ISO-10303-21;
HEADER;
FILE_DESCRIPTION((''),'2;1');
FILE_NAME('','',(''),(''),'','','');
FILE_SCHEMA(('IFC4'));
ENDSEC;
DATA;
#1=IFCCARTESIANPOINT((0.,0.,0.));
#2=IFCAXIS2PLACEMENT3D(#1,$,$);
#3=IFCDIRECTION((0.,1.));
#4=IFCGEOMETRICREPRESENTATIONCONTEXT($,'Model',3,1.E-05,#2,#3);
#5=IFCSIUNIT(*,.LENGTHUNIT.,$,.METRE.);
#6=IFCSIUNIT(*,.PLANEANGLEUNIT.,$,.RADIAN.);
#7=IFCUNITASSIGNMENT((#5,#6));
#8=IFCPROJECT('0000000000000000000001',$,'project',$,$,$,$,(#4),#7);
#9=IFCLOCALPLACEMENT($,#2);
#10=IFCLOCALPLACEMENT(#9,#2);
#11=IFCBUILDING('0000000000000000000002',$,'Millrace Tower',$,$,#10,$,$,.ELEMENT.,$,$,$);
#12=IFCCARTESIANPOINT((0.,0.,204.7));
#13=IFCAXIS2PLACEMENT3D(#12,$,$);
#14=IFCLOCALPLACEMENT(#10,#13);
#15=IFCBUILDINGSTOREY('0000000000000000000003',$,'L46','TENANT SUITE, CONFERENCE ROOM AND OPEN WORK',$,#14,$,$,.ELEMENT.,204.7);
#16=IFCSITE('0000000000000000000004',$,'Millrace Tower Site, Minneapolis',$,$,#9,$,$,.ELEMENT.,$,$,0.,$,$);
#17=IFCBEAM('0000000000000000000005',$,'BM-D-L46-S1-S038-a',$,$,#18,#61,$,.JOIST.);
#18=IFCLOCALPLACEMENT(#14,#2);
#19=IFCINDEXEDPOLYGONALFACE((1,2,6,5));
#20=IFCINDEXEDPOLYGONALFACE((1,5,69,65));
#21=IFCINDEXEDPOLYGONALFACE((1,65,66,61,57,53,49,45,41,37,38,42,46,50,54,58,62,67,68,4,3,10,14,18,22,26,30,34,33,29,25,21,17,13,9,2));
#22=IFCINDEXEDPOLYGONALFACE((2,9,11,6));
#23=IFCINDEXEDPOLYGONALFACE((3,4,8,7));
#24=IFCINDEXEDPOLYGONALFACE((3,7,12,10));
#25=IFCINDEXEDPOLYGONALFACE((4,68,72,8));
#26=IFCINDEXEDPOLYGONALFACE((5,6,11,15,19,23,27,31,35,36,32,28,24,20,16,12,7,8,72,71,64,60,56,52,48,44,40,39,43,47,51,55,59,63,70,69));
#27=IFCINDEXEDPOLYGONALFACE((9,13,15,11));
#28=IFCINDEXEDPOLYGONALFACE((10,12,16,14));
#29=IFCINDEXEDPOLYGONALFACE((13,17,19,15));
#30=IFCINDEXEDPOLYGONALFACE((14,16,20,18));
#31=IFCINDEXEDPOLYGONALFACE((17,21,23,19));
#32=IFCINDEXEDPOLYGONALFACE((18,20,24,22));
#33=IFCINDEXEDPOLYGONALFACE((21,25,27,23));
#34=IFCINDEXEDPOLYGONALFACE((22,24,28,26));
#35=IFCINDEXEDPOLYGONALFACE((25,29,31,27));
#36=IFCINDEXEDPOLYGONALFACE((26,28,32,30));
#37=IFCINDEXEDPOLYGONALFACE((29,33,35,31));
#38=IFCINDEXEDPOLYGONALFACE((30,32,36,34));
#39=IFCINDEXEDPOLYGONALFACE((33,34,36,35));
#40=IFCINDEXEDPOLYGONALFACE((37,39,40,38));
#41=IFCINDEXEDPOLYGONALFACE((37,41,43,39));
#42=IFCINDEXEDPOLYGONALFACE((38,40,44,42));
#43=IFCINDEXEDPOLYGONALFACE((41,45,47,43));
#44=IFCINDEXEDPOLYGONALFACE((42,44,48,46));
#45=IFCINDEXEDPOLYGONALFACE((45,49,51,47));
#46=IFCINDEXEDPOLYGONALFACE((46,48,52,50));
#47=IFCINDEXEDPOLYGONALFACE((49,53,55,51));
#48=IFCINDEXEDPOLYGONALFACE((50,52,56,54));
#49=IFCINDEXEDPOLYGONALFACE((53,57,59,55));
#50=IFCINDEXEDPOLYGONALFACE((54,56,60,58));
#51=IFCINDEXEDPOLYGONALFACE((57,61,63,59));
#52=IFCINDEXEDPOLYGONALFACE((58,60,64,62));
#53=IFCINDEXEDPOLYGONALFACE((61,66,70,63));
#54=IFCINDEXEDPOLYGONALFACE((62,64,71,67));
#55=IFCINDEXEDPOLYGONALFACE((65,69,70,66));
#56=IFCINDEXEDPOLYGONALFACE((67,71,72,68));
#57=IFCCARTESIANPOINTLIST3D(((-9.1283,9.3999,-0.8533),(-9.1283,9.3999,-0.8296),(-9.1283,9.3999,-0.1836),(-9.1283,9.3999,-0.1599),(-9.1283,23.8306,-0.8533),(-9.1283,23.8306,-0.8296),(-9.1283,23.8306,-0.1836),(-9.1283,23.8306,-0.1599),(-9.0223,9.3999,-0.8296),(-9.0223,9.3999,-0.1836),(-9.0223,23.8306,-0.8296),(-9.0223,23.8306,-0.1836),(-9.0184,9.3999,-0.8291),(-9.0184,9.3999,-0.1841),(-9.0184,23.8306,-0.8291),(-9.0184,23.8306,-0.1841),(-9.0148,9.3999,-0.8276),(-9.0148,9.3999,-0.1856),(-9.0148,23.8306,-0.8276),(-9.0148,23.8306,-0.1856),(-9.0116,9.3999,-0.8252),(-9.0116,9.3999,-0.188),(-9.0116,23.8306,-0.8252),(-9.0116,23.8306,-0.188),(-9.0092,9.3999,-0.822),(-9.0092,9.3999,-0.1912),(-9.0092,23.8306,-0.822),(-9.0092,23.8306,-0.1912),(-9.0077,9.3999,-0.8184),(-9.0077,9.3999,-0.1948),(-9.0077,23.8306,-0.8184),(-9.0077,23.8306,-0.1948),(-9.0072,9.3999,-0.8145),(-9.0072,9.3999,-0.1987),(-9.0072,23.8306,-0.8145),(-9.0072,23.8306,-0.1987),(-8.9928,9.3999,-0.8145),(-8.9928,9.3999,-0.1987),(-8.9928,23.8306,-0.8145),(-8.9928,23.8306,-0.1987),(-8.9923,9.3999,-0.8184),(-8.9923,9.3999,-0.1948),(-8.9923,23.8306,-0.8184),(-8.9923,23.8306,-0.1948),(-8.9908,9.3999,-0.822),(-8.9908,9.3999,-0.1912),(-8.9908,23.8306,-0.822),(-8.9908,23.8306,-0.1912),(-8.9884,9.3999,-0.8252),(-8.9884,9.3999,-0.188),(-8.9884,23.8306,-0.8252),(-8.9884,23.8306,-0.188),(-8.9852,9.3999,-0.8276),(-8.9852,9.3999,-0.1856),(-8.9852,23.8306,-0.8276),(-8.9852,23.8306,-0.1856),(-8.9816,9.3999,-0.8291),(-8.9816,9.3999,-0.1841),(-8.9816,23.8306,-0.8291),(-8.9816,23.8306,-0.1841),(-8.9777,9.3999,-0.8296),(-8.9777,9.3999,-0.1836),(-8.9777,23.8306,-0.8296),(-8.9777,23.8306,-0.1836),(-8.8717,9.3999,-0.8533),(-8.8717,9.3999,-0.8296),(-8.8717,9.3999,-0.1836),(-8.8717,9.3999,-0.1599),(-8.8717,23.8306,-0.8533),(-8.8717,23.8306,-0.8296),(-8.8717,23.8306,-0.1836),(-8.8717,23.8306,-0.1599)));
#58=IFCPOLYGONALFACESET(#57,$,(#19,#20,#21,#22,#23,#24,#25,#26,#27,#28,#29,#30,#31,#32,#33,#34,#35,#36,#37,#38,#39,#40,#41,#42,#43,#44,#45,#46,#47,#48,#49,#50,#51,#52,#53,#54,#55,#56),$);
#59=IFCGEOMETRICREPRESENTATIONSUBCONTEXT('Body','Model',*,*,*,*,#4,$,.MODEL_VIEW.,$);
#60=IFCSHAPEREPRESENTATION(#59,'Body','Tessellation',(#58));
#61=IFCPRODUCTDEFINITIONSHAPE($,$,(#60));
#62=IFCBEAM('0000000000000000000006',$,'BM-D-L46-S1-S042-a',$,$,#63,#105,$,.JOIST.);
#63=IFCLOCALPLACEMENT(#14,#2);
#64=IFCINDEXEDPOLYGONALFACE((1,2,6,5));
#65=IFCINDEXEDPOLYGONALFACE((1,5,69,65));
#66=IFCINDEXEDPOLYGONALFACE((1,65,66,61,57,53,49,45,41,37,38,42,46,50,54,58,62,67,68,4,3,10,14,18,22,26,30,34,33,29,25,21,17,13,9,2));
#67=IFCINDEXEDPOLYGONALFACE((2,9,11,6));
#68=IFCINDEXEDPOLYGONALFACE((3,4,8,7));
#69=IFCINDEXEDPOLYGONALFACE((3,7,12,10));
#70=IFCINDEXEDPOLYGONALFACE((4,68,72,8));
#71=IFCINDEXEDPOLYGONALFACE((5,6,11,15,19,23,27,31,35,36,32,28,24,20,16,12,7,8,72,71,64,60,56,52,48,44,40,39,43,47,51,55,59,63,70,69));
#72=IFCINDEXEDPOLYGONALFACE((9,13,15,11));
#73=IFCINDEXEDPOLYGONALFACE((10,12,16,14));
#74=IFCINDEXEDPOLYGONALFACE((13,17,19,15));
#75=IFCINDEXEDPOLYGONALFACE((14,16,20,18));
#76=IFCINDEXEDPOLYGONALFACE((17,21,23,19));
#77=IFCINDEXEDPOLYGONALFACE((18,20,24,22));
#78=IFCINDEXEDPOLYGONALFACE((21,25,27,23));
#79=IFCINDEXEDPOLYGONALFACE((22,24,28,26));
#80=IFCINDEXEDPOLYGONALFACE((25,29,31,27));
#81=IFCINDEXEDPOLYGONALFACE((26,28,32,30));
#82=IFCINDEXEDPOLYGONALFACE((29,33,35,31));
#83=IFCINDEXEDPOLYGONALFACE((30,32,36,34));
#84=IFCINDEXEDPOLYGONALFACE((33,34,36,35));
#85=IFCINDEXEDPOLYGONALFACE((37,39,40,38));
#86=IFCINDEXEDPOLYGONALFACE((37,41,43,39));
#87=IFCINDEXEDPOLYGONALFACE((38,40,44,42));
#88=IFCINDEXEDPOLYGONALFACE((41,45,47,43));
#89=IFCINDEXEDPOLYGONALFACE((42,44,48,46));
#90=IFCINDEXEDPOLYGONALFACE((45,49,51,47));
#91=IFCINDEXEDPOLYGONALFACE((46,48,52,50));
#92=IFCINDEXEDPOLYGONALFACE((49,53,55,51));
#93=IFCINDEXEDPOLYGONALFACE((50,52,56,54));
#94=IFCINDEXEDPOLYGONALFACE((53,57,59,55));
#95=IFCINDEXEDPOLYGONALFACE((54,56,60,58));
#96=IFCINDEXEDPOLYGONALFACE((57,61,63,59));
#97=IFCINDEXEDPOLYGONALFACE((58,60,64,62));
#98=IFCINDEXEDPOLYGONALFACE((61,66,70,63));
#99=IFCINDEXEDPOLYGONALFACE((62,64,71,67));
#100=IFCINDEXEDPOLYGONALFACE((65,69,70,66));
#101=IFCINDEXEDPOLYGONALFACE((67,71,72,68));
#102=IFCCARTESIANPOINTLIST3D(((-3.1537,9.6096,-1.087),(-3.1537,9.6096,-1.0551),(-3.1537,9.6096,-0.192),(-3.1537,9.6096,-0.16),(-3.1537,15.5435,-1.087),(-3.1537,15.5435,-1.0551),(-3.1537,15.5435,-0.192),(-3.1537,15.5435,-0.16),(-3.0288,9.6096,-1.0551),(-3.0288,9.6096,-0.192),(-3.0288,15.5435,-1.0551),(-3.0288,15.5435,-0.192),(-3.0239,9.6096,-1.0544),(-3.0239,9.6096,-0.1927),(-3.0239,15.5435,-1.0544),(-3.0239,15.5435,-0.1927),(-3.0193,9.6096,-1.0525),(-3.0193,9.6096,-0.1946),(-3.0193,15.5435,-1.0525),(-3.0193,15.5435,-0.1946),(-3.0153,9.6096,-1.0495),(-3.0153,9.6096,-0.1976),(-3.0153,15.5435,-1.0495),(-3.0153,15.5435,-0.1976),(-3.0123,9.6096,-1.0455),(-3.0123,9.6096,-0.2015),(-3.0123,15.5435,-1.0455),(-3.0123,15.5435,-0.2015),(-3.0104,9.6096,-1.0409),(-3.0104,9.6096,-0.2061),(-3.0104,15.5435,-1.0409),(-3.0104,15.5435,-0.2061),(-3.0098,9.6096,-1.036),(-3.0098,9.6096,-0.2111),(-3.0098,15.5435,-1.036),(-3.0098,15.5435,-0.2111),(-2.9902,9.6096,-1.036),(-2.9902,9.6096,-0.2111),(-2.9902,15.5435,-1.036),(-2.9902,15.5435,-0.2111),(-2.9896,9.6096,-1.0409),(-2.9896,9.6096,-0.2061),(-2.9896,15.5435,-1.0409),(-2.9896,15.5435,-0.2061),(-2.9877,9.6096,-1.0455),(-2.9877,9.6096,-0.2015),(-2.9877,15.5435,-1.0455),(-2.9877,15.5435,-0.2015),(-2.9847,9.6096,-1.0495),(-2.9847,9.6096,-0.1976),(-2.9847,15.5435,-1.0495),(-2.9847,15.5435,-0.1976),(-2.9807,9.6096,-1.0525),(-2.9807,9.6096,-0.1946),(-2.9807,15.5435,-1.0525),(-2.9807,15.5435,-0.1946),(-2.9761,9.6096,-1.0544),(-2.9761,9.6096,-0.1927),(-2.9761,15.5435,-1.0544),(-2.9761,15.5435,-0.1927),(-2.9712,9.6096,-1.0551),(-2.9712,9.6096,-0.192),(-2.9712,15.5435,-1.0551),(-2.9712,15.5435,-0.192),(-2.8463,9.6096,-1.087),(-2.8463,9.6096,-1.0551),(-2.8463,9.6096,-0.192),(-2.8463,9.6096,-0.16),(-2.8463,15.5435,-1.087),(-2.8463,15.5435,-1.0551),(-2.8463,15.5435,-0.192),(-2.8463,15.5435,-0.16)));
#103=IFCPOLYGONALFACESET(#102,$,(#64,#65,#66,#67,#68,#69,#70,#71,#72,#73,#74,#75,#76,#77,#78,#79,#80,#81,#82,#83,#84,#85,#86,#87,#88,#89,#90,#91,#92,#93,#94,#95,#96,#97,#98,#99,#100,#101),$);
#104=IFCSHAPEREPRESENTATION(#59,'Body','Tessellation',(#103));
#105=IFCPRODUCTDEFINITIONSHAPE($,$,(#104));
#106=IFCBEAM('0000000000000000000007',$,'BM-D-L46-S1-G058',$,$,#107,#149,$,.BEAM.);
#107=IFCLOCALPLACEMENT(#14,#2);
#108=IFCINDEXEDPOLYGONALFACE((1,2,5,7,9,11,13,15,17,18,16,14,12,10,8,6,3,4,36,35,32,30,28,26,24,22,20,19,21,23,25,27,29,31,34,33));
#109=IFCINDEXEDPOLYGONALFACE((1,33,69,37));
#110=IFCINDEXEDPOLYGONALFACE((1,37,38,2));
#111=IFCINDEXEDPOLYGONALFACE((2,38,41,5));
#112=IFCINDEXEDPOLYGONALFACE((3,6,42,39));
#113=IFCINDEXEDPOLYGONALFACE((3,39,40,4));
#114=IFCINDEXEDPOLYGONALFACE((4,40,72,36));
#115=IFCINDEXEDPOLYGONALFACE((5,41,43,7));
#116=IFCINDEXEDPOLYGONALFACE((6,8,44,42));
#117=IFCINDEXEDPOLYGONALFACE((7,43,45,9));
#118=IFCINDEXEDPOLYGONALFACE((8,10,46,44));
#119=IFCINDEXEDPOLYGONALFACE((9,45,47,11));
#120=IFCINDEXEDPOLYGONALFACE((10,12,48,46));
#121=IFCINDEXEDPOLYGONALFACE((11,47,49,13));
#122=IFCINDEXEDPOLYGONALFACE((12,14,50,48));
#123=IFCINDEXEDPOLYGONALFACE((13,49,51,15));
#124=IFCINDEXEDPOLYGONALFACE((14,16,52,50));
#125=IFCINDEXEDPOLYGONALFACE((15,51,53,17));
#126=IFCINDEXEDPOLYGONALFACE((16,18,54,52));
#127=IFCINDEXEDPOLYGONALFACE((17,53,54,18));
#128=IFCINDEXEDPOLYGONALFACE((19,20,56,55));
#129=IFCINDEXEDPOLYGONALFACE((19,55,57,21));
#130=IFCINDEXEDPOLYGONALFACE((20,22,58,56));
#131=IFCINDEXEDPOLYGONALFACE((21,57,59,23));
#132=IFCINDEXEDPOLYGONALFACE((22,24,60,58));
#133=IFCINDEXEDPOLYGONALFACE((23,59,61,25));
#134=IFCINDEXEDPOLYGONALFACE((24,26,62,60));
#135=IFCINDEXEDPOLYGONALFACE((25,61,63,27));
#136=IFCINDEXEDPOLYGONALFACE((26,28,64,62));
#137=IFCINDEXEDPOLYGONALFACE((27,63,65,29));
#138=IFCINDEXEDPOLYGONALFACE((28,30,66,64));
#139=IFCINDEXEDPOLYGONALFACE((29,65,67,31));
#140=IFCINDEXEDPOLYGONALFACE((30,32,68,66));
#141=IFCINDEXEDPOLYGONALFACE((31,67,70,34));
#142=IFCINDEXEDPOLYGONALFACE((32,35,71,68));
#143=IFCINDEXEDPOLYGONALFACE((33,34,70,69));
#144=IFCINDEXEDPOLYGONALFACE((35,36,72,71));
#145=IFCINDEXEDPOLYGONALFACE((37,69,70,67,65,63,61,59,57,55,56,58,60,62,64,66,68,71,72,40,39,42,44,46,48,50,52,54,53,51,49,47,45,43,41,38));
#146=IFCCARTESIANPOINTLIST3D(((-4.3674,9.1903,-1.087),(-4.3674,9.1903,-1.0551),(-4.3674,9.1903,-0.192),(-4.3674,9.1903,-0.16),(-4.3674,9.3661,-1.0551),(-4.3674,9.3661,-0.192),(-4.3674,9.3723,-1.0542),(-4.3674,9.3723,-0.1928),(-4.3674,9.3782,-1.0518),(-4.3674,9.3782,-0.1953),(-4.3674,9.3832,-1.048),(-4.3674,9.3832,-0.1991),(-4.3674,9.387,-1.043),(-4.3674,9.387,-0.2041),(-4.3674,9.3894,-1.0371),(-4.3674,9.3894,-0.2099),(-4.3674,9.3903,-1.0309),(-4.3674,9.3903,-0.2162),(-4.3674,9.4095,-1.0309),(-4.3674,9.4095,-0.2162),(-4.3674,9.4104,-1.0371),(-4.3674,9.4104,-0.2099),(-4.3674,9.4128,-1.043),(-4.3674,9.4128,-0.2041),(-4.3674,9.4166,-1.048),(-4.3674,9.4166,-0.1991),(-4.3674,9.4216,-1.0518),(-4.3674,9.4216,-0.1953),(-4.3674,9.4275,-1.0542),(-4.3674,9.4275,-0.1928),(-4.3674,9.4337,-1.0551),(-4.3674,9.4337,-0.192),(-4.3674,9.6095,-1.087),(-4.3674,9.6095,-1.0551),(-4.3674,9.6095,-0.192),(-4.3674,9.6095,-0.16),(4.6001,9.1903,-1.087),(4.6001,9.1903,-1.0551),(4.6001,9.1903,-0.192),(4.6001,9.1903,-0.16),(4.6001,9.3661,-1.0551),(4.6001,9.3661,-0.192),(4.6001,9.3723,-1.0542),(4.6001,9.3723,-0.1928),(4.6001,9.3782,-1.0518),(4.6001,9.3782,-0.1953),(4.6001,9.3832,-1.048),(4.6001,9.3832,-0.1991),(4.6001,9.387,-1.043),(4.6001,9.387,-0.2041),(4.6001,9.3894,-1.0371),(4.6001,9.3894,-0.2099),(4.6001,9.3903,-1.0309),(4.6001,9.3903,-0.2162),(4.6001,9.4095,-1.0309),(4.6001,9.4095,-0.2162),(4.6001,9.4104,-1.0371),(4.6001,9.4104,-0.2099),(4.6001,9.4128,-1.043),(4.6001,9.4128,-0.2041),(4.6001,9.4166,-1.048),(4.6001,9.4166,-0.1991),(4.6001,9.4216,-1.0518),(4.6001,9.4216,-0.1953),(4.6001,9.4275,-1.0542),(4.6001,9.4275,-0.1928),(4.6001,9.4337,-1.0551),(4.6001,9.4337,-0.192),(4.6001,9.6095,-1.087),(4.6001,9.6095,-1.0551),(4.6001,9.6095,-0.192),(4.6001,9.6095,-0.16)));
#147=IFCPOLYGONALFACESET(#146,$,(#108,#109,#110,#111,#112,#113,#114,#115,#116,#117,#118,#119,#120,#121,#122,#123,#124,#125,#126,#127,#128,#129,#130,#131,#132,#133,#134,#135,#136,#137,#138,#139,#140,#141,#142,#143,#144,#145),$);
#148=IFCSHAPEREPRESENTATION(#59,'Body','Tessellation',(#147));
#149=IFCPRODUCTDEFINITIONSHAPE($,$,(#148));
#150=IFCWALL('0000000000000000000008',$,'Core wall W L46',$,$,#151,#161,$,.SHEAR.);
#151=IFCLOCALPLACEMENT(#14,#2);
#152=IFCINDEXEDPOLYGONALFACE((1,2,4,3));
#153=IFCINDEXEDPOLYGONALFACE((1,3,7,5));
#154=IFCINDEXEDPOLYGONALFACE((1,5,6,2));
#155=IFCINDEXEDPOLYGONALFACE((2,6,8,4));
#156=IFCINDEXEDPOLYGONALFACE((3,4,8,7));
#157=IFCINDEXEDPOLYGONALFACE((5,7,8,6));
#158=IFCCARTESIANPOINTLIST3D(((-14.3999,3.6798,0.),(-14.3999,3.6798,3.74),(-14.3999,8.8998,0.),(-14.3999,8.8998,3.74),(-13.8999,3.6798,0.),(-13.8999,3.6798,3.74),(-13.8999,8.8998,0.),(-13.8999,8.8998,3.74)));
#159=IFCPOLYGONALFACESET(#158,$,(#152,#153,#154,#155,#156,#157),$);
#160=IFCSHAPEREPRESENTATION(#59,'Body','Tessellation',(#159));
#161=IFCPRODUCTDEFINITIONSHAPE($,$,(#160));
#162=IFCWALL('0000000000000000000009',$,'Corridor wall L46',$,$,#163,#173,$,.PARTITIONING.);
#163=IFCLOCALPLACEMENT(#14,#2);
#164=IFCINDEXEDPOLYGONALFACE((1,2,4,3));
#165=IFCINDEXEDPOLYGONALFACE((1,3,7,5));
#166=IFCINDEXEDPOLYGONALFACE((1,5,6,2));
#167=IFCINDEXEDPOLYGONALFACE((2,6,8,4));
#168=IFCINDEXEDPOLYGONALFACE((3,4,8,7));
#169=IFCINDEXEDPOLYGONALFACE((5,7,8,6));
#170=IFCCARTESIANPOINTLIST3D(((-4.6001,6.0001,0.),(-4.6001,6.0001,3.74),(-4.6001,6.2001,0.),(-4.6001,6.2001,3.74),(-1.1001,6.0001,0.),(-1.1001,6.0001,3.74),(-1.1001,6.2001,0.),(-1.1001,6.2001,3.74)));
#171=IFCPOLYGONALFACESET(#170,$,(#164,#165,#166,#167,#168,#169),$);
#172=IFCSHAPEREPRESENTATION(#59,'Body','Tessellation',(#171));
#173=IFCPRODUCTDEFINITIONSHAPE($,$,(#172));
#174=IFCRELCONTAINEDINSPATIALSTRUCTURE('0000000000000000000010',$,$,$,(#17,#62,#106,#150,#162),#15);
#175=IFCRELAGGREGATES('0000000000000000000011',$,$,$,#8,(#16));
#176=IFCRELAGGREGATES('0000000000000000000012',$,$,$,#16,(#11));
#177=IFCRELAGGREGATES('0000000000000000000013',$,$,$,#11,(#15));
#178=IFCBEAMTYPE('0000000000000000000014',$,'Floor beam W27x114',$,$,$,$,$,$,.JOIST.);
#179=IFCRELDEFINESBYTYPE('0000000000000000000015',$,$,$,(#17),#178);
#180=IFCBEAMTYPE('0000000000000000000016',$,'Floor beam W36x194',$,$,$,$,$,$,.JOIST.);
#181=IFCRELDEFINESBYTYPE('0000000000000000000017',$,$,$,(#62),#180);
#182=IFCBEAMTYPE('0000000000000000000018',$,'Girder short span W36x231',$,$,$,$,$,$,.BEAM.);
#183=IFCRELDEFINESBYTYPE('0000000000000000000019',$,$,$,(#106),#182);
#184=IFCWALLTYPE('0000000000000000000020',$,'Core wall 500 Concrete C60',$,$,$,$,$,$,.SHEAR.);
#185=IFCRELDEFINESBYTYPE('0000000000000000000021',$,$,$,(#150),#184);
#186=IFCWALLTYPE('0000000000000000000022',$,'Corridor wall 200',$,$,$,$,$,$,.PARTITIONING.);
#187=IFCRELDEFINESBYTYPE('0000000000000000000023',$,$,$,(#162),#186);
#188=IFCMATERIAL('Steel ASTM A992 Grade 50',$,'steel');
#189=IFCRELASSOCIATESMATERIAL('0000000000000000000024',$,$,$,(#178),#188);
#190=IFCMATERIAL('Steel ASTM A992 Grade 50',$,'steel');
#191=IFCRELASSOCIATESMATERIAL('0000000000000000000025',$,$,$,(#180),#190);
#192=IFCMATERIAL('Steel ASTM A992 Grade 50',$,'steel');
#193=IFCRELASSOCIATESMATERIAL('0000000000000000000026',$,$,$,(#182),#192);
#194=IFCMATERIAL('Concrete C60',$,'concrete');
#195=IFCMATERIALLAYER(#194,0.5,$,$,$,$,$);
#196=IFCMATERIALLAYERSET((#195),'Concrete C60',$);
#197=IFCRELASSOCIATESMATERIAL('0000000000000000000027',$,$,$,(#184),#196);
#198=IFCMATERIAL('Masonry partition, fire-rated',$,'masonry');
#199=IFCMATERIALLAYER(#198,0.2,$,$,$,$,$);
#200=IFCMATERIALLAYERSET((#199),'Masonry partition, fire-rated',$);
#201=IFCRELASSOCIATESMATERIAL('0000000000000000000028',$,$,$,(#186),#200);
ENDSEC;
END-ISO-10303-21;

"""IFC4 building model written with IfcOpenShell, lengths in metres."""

from ifc_helpers import new_model, si_unit, direction, frame, frame_2d, origin, origin_2d, place, context, subcontext, project, spatial, rectangle, i_section, extrude, material, layer, layer_set, material_profile, profile_set, type_object, element, save


model = new_model("IFC4")

# Units and contexts
model_context = context("Model", 3, precision=1e-05, world=origin(), true_north=direction((0.0, 1.0)))
body_context = subcontext(model_context, "Body", "Model", "MODEL_VIEW")
ifc_project = project(units=[si_unit("LENGTHUNIT", "METRE"), si_unit("PLANEANGLEUNIT", "RADIAN")], contexts=[model_context])

# Site, building, storey
site_placement = place(None, origin())
site = spatial("IfcSite", under=ifc_project, at=site_placement, Name="Millrace Tower Site, Minneapolis", CompositionType="ELEMENT", RefElevation=0.0)
building_placement = place(site_placement, origin())
building = spatial("IfcBuilding", under=site, at=building_placement, Name="Millrace Tower", CompositionType="ELEMENT")
storey_placement = place(building_placement, frame((0.0, 0.0, 204.7)))
storey = spatial("IfcBuildingStorey", under=building, at=storey_placement, Name="L46", Description="TENANT SUITE, CONFERENCE ROOM AND OPEN WORK", CompositionType="ELEMENT", Elevation=204.7)

# Beams
ifc_material_1 = material(Name="Steel ASTM A992 Grade 50", Category="steel")
ifc_material_profile_1 = material_profile(ifc_material_1, i_section(OverallWidth=0.2566, OverallDepth=0.6934, WebThickness=0.0144, FlangeThickness=0.0237, FilletRadius=0.0151, at=origin_2d()))
ifc_profile_set_1 = profile_set([ifc_material_profile_1], Name="Steel ASTM A992 Grade 50")
beam_type_1 = type_object("IfcBeamType", Name="Floor beam W27x114", PredefinedType="JOIST", material=ifc_profile_set_1)
beam_1_placement = place(storey_placement, frame((-9.0, 9.3999, -0.5066), z_axis=(0.0, 1.0, 0.0), x_axis=(-1.0, 0.0, 0.0)))
element("IfcBeam", 1, at=beam_1_placement, inside=storey, type_object=beam_type_1, Name="BM-D-L46-S1-S038-a", PredefinedType="JOIST", context=body_context, shape_type="SweptSolid", body=[
    extrude(i_section(OverallWidth=0.2566, OverallDepth=0.6934, WebThickness=0.0144, FlangeThickness=0.0237, FilletRadius=0.0151, at=origin_2d()), origin(), (0.0, 0.0, 1.0), 14.4307),
])
ifc_material_2 = material(Name="Steel ASTM A992 Grade 50", Category="steel")
ifc_material_profile_2 = material_profile(ifc_material_2, i_section(OverallWidth=0.3074, OverallDepth=0.927, WebThickness=0.0195, FlangeThickness=0.032, FilletRadius=0.019, at=origin_2d()))
ifc_profile_set_2 = profile_set([ifc_material_profile_2], Name="Steel ASTM A992 Grade 50")
beam_type_2 = type_object("IfcBeamType", Name="Floor beam W36x194", PredefinedType="JOIST", material=ifc_profile_set_2)
beam_2_placement = place(storey_placement, frame((-3.0, 9.6096, -0.6235), z_axis=(0.0, 1.0, 0.0), x_axis=(-1.0, 0.0, 0.0)))
element("IfcBeam", 2, at=beam_2_placement, inside=storey, type_object=beam_type_2, Name="BM-D-L46-S1-S042-a", PredefinedType="JOIST", context=body_context, shape_type="SweptSolid", body=[
    extrude(i_section(OverallWidth=0.3074, OverallDepth=0.927, WebThickness=0.0195, FlangeThickness=0.032, FilletRadius=0.019, at=origin_2d()), origin(), (0.0, 0.0, 1.0), 5.9338),
])
ifc_material_3 = material(Name="Steel ASTM A992 Grade 50", Category="steel")
ifc_material_profile_3 = material_profile(ifc_material_3, i_section(OverallWidth=0.4192, OverallDepth=0.927, WebThickness=0.0193, FlangeThickness=0.032, FilletRadius=0.0242, at=origin_2d()))
ifc_profile_set_3 = profile_set([ifc_material_profile_3], Name="Steel ASTM A992 Grade 50")
beam_type_3 = type_object("IfcBeamType", Name="Girder short span W36x231", PredefinedType="BEAM", material=ifc_profile_set_3)
beam_3_placement = place(storey_placement, frame((-4.3674, 9.3999, -0.6235), z_axis=(1.0, 0.0, 0.0), x_axis=(0.0, 1.0, 0.0)))
element("IfcBeam", 3, at=beam_3_placement, inside=storey, type_object=beam_type_3, Name="BM-D-L46-S1-G058", PredefinedType="BEAM", context=body_context, shape_type="SweptSolid", body=[
    extrude(i_section(OverallWidth=0.4192, OverallDepth=0.927, WebThickness=0.0193, FlangeThickness=0.032, FilletRadius=0.0242, at=origin_2d()), origin(), (0.0, 0.0, 1.0), 8.9675),
])

# Walls
ifc_material_4 = material(Name="Concrete C60", Category="concrete")
ifc_layer_1 = layer(ifc_material_4, 0.5)
ifc_layer_set_1 = layer_set([ifc_layer_1], Name="Concrete C60")
wall_type_1 = type_object("IfcWallType", Name="Core wall 500 Concrete C60", PredefinedType="SHEAR", material=ifc_layer_set_1)
wall_1_placement = place(storey_placement, frame((-14.1499, 3.6799, 0.0), z_axis=(0.0, 0.0, 1.0), x_axis=(0.0, 1.0, 0.0)))
element("IfcWall", 4, at=wall_1_placement, inside=storey, type_object=wall_type_1, Name="Core wall W L46", PredefinedType="SHEAR", context=body_context, shape_type="SweptSolid", body=[
    extrude(rectangle(XDim=5.22, YDim=0.5, at=frame_2d((2.6099, 0.0))), origin(), (0.0, 0.0, 1.0), 3.74),
])
ifc_material_5 = material(Name="Masonry partition, fire-rated", Category="masonry")
ifc_layer_2 = layer(ifc_material_5, 0.2)
ifc_layer_set_2 = layer_set([ifc_layer_2], Name="Masonry partition, fire-rated")
wall_type_2 = type_object("IfcWallType", Name="Corridor wall 200", PredefinedType="PARTITIONING", material=ifc_layer_set_2)
wall_2_placement = place(storey_placement, frame((-4.6001, 6.1001, 0.0), z_axis=(0.0, 0.0, 1.0), x_axis=(1.0, 0.0, 0.0)))
element("IfcWall", 5, at=wall_2_placement, inside=storey, type_object=wall_type_2, Name="Corridor wall L46", PredefinedType="PARTITIONING", context=body_context, shape_type="SweptSolid", body=[
    extrude(rectangle(XDim=3.5, YDim=0.2, at=frame_2d((1.75, 0.0))), origin(), (0.0, 0.0, 1.0), 3.74),
])

save(model, "model.ifc")
